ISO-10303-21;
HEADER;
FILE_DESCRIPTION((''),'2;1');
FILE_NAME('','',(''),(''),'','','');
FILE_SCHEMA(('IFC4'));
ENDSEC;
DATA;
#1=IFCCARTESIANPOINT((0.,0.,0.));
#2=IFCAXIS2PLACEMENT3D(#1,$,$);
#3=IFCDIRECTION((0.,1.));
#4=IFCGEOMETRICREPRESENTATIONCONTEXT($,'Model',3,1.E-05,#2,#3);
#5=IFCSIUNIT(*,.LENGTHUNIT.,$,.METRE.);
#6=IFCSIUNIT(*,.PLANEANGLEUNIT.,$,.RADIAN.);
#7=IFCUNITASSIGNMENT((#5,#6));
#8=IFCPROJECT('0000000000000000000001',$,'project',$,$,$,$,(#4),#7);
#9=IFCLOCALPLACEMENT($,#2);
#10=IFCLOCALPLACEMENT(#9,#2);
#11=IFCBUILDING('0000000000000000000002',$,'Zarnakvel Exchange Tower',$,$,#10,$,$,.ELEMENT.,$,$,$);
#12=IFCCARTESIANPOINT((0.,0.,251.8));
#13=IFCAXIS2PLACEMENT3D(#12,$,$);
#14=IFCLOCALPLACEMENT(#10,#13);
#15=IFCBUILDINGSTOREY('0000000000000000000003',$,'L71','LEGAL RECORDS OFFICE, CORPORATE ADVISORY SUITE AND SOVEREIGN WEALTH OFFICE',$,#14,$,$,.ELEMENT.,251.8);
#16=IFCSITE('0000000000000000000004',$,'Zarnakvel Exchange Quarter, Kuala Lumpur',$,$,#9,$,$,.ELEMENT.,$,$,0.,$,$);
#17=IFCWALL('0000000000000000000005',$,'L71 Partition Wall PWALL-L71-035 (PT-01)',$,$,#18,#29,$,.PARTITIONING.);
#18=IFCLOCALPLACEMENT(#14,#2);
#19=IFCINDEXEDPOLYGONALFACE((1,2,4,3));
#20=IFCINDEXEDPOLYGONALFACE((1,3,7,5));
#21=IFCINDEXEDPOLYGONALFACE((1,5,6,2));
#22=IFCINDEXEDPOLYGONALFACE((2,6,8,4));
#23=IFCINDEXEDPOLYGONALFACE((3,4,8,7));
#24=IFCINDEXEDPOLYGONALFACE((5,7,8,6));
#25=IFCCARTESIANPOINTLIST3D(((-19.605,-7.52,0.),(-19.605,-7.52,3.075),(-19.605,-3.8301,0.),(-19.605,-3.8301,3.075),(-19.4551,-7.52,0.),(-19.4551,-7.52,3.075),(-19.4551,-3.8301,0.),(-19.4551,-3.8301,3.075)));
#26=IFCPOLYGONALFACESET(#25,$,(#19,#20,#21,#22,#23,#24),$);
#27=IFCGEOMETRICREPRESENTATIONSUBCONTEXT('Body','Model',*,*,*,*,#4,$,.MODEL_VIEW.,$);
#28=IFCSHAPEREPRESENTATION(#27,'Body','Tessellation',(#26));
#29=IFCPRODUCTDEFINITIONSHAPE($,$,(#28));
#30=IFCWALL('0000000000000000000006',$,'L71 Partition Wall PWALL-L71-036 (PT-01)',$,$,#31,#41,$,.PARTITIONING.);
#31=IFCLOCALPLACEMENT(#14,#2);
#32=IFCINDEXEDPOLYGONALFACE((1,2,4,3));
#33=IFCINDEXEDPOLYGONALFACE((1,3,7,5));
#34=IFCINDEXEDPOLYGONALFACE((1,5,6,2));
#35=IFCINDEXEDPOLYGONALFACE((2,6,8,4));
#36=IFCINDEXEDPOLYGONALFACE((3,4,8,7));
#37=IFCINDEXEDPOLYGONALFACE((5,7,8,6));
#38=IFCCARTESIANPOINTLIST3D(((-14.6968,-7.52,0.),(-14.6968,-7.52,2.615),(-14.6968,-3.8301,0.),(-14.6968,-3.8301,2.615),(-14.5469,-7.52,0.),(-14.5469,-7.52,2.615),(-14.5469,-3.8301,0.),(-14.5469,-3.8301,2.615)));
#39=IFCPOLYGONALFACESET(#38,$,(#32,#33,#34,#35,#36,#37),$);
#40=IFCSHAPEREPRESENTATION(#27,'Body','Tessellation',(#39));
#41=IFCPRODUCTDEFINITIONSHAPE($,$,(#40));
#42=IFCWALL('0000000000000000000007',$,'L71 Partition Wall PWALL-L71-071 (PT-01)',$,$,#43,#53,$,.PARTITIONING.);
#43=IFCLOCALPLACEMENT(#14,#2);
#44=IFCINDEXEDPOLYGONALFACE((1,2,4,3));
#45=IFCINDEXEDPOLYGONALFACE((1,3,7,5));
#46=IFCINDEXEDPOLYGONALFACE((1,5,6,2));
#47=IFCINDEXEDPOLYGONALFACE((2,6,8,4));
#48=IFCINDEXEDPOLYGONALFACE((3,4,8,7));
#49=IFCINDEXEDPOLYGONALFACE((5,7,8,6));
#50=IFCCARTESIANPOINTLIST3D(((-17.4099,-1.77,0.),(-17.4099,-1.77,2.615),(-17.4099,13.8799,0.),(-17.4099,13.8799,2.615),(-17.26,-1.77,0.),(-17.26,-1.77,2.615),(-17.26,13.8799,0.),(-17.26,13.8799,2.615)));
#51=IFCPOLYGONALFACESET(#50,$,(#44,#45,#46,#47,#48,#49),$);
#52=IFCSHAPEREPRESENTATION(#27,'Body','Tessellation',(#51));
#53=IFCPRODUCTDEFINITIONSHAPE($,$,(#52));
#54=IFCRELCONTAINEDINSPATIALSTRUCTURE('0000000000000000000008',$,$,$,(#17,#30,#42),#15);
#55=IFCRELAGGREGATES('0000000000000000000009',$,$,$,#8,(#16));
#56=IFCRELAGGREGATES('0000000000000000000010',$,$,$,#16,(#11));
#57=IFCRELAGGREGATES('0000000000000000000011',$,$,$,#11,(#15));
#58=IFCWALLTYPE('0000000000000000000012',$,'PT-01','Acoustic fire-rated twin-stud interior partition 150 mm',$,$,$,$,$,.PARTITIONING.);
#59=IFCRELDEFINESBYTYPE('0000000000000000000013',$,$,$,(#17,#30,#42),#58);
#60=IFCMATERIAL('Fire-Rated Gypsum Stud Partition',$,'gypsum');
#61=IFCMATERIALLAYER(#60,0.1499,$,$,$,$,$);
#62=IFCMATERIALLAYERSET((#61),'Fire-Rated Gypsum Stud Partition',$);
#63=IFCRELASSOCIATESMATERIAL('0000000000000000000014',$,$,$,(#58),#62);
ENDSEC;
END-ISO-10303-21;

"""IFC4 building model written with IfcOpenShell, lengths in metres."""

from ifc_helpers import new_model, si_unit, direction, frame, frame_2d, origin, place, context, subcontext, project, spatial, rectangle, extrude, material, layer, layer_set, type_object, element, save


model = new_model("IFC4")

# Units and contexts
model_context = context("Model", 3, precision=1e-05, world=origin(), true_north=direction((0.0, 1.0)))
body_context = subcontext(model_context, "Body", "Model", "MODEL_VIEW")
ifc_project = project(units=[si_unit("LENGTHUNIT", "METRE"), si_unit("PLANEANGLEUNIT", "RADIAN")], contexts=[model_context])

# Site, building, storey
site_placement = place(None, origin())
site = spatial("IfcSite", under=ifc_project, at=site_placement, Name="Zarnakvel Exchange Quarter, Kuala Lumpur", CompositionType="ELEMENT", RefElevation=0.0)
building_placement = place(site_placement, origin())
building = spatial("IfcBuilding", under=site, at=building_placement, Name="Zarnakvel Exchange Tower", CompositionType="ELEMENT")
storey_placement = place(building_placement, frame((0.0, 0.0, 251.8)))
storey = spatial("IfcBuildingStorey", under=building, at=storey_placement, Name="L71", Description="LEGAL RECORDS OFFICE, CORPORATE ADVISORY SUITE AND SOVEREIGN WEALTH OFFICE", CompositionType="ELEMENT", Elevation=251.8)

# Shared definitions
ifc_material_1 = material(Name="Fire-Rated Gypsum Stud Partition", Category="gypsum")
ifc_layer_1 = layer(ifc_material_1, 0.1499)
ifc_layer_set_1 = layer_set([ifc_layer_1], Name="Fire-Rated Gypsum Stud Partition")
wall_type = type_object("IfcWallType", Name="PT-01", Description="Acoustic fire-rated twin-stud interior partition 150 mm", PredefinedType="PARTITIONING", material=ifc_layer_set_1)

# Walls
wall_1_placement = place(storey_placement, frame((-19.53, -7.52, 0.0), z_axis=(0.0, 0.0, 1.0), x_axis=(0.0, 1.0, 0.0)))
element("IfcWall", 1, at=wall_1_placement, inside=storey, type_object=wall_type, Name="L71 Partition Wall PWALL-L71-035 (PT-01)", PredefinedType="PARTITIONING", context=body_context, shape_type="SweptSolid", body=[
    extrude(rectangle(XDim=3.6899, YDim=0.1499, at=frame_2d((1.845, 0.0))), origin(), (0.0, 0.0, 1.0), 3.075),
])
wall_2_placement = place(storey_placement, frame((-14.6218, -3.8301, 0.0), z_axis=(0.0, 0.0, 1.0), x_axis=(0.0, -1.0, 0.0)))
element("IfcWall", 2, at=wall_2_placement, inside=storey, type_object=wall_type, Name="L71 Partition Wall PWALL-L71-036 (PT-01)", PredefinedType="PARTITIONING", context=body_context, shape_type="SweptSolid", body=[
    extrude(rectangle(XDim=3.6899, YDim=0.1499, at=frame_2d((1.845, 0.0))), origin(), (0.0, 0.0, 1.0), 2.615),
])

# Wall
wall_3_placement = place(storey_placement, frame((-17.335, -1.77, 0.0), z_axis=(0.0, 0.0, 1.0), x_axis=(0.0, 1.0, 0.0)))
element("IfcWall", 3, at=wall_3_placement, inside=storey, type_object=wall_type, Name="L71 Partition Wall PWALL-L71-071 (PT-01)", PredefinedType="PARTITIONING", context=body_context, shape_type="SweptSolid", body=[
    extrude(rectangle(XDim=15.6499, YDim=0.1499, at=frame_2d((7.825, 0.0))), origin(), (0.0, 0.0, 1.0), 2.615),
])

save(model, "model.ifc")
